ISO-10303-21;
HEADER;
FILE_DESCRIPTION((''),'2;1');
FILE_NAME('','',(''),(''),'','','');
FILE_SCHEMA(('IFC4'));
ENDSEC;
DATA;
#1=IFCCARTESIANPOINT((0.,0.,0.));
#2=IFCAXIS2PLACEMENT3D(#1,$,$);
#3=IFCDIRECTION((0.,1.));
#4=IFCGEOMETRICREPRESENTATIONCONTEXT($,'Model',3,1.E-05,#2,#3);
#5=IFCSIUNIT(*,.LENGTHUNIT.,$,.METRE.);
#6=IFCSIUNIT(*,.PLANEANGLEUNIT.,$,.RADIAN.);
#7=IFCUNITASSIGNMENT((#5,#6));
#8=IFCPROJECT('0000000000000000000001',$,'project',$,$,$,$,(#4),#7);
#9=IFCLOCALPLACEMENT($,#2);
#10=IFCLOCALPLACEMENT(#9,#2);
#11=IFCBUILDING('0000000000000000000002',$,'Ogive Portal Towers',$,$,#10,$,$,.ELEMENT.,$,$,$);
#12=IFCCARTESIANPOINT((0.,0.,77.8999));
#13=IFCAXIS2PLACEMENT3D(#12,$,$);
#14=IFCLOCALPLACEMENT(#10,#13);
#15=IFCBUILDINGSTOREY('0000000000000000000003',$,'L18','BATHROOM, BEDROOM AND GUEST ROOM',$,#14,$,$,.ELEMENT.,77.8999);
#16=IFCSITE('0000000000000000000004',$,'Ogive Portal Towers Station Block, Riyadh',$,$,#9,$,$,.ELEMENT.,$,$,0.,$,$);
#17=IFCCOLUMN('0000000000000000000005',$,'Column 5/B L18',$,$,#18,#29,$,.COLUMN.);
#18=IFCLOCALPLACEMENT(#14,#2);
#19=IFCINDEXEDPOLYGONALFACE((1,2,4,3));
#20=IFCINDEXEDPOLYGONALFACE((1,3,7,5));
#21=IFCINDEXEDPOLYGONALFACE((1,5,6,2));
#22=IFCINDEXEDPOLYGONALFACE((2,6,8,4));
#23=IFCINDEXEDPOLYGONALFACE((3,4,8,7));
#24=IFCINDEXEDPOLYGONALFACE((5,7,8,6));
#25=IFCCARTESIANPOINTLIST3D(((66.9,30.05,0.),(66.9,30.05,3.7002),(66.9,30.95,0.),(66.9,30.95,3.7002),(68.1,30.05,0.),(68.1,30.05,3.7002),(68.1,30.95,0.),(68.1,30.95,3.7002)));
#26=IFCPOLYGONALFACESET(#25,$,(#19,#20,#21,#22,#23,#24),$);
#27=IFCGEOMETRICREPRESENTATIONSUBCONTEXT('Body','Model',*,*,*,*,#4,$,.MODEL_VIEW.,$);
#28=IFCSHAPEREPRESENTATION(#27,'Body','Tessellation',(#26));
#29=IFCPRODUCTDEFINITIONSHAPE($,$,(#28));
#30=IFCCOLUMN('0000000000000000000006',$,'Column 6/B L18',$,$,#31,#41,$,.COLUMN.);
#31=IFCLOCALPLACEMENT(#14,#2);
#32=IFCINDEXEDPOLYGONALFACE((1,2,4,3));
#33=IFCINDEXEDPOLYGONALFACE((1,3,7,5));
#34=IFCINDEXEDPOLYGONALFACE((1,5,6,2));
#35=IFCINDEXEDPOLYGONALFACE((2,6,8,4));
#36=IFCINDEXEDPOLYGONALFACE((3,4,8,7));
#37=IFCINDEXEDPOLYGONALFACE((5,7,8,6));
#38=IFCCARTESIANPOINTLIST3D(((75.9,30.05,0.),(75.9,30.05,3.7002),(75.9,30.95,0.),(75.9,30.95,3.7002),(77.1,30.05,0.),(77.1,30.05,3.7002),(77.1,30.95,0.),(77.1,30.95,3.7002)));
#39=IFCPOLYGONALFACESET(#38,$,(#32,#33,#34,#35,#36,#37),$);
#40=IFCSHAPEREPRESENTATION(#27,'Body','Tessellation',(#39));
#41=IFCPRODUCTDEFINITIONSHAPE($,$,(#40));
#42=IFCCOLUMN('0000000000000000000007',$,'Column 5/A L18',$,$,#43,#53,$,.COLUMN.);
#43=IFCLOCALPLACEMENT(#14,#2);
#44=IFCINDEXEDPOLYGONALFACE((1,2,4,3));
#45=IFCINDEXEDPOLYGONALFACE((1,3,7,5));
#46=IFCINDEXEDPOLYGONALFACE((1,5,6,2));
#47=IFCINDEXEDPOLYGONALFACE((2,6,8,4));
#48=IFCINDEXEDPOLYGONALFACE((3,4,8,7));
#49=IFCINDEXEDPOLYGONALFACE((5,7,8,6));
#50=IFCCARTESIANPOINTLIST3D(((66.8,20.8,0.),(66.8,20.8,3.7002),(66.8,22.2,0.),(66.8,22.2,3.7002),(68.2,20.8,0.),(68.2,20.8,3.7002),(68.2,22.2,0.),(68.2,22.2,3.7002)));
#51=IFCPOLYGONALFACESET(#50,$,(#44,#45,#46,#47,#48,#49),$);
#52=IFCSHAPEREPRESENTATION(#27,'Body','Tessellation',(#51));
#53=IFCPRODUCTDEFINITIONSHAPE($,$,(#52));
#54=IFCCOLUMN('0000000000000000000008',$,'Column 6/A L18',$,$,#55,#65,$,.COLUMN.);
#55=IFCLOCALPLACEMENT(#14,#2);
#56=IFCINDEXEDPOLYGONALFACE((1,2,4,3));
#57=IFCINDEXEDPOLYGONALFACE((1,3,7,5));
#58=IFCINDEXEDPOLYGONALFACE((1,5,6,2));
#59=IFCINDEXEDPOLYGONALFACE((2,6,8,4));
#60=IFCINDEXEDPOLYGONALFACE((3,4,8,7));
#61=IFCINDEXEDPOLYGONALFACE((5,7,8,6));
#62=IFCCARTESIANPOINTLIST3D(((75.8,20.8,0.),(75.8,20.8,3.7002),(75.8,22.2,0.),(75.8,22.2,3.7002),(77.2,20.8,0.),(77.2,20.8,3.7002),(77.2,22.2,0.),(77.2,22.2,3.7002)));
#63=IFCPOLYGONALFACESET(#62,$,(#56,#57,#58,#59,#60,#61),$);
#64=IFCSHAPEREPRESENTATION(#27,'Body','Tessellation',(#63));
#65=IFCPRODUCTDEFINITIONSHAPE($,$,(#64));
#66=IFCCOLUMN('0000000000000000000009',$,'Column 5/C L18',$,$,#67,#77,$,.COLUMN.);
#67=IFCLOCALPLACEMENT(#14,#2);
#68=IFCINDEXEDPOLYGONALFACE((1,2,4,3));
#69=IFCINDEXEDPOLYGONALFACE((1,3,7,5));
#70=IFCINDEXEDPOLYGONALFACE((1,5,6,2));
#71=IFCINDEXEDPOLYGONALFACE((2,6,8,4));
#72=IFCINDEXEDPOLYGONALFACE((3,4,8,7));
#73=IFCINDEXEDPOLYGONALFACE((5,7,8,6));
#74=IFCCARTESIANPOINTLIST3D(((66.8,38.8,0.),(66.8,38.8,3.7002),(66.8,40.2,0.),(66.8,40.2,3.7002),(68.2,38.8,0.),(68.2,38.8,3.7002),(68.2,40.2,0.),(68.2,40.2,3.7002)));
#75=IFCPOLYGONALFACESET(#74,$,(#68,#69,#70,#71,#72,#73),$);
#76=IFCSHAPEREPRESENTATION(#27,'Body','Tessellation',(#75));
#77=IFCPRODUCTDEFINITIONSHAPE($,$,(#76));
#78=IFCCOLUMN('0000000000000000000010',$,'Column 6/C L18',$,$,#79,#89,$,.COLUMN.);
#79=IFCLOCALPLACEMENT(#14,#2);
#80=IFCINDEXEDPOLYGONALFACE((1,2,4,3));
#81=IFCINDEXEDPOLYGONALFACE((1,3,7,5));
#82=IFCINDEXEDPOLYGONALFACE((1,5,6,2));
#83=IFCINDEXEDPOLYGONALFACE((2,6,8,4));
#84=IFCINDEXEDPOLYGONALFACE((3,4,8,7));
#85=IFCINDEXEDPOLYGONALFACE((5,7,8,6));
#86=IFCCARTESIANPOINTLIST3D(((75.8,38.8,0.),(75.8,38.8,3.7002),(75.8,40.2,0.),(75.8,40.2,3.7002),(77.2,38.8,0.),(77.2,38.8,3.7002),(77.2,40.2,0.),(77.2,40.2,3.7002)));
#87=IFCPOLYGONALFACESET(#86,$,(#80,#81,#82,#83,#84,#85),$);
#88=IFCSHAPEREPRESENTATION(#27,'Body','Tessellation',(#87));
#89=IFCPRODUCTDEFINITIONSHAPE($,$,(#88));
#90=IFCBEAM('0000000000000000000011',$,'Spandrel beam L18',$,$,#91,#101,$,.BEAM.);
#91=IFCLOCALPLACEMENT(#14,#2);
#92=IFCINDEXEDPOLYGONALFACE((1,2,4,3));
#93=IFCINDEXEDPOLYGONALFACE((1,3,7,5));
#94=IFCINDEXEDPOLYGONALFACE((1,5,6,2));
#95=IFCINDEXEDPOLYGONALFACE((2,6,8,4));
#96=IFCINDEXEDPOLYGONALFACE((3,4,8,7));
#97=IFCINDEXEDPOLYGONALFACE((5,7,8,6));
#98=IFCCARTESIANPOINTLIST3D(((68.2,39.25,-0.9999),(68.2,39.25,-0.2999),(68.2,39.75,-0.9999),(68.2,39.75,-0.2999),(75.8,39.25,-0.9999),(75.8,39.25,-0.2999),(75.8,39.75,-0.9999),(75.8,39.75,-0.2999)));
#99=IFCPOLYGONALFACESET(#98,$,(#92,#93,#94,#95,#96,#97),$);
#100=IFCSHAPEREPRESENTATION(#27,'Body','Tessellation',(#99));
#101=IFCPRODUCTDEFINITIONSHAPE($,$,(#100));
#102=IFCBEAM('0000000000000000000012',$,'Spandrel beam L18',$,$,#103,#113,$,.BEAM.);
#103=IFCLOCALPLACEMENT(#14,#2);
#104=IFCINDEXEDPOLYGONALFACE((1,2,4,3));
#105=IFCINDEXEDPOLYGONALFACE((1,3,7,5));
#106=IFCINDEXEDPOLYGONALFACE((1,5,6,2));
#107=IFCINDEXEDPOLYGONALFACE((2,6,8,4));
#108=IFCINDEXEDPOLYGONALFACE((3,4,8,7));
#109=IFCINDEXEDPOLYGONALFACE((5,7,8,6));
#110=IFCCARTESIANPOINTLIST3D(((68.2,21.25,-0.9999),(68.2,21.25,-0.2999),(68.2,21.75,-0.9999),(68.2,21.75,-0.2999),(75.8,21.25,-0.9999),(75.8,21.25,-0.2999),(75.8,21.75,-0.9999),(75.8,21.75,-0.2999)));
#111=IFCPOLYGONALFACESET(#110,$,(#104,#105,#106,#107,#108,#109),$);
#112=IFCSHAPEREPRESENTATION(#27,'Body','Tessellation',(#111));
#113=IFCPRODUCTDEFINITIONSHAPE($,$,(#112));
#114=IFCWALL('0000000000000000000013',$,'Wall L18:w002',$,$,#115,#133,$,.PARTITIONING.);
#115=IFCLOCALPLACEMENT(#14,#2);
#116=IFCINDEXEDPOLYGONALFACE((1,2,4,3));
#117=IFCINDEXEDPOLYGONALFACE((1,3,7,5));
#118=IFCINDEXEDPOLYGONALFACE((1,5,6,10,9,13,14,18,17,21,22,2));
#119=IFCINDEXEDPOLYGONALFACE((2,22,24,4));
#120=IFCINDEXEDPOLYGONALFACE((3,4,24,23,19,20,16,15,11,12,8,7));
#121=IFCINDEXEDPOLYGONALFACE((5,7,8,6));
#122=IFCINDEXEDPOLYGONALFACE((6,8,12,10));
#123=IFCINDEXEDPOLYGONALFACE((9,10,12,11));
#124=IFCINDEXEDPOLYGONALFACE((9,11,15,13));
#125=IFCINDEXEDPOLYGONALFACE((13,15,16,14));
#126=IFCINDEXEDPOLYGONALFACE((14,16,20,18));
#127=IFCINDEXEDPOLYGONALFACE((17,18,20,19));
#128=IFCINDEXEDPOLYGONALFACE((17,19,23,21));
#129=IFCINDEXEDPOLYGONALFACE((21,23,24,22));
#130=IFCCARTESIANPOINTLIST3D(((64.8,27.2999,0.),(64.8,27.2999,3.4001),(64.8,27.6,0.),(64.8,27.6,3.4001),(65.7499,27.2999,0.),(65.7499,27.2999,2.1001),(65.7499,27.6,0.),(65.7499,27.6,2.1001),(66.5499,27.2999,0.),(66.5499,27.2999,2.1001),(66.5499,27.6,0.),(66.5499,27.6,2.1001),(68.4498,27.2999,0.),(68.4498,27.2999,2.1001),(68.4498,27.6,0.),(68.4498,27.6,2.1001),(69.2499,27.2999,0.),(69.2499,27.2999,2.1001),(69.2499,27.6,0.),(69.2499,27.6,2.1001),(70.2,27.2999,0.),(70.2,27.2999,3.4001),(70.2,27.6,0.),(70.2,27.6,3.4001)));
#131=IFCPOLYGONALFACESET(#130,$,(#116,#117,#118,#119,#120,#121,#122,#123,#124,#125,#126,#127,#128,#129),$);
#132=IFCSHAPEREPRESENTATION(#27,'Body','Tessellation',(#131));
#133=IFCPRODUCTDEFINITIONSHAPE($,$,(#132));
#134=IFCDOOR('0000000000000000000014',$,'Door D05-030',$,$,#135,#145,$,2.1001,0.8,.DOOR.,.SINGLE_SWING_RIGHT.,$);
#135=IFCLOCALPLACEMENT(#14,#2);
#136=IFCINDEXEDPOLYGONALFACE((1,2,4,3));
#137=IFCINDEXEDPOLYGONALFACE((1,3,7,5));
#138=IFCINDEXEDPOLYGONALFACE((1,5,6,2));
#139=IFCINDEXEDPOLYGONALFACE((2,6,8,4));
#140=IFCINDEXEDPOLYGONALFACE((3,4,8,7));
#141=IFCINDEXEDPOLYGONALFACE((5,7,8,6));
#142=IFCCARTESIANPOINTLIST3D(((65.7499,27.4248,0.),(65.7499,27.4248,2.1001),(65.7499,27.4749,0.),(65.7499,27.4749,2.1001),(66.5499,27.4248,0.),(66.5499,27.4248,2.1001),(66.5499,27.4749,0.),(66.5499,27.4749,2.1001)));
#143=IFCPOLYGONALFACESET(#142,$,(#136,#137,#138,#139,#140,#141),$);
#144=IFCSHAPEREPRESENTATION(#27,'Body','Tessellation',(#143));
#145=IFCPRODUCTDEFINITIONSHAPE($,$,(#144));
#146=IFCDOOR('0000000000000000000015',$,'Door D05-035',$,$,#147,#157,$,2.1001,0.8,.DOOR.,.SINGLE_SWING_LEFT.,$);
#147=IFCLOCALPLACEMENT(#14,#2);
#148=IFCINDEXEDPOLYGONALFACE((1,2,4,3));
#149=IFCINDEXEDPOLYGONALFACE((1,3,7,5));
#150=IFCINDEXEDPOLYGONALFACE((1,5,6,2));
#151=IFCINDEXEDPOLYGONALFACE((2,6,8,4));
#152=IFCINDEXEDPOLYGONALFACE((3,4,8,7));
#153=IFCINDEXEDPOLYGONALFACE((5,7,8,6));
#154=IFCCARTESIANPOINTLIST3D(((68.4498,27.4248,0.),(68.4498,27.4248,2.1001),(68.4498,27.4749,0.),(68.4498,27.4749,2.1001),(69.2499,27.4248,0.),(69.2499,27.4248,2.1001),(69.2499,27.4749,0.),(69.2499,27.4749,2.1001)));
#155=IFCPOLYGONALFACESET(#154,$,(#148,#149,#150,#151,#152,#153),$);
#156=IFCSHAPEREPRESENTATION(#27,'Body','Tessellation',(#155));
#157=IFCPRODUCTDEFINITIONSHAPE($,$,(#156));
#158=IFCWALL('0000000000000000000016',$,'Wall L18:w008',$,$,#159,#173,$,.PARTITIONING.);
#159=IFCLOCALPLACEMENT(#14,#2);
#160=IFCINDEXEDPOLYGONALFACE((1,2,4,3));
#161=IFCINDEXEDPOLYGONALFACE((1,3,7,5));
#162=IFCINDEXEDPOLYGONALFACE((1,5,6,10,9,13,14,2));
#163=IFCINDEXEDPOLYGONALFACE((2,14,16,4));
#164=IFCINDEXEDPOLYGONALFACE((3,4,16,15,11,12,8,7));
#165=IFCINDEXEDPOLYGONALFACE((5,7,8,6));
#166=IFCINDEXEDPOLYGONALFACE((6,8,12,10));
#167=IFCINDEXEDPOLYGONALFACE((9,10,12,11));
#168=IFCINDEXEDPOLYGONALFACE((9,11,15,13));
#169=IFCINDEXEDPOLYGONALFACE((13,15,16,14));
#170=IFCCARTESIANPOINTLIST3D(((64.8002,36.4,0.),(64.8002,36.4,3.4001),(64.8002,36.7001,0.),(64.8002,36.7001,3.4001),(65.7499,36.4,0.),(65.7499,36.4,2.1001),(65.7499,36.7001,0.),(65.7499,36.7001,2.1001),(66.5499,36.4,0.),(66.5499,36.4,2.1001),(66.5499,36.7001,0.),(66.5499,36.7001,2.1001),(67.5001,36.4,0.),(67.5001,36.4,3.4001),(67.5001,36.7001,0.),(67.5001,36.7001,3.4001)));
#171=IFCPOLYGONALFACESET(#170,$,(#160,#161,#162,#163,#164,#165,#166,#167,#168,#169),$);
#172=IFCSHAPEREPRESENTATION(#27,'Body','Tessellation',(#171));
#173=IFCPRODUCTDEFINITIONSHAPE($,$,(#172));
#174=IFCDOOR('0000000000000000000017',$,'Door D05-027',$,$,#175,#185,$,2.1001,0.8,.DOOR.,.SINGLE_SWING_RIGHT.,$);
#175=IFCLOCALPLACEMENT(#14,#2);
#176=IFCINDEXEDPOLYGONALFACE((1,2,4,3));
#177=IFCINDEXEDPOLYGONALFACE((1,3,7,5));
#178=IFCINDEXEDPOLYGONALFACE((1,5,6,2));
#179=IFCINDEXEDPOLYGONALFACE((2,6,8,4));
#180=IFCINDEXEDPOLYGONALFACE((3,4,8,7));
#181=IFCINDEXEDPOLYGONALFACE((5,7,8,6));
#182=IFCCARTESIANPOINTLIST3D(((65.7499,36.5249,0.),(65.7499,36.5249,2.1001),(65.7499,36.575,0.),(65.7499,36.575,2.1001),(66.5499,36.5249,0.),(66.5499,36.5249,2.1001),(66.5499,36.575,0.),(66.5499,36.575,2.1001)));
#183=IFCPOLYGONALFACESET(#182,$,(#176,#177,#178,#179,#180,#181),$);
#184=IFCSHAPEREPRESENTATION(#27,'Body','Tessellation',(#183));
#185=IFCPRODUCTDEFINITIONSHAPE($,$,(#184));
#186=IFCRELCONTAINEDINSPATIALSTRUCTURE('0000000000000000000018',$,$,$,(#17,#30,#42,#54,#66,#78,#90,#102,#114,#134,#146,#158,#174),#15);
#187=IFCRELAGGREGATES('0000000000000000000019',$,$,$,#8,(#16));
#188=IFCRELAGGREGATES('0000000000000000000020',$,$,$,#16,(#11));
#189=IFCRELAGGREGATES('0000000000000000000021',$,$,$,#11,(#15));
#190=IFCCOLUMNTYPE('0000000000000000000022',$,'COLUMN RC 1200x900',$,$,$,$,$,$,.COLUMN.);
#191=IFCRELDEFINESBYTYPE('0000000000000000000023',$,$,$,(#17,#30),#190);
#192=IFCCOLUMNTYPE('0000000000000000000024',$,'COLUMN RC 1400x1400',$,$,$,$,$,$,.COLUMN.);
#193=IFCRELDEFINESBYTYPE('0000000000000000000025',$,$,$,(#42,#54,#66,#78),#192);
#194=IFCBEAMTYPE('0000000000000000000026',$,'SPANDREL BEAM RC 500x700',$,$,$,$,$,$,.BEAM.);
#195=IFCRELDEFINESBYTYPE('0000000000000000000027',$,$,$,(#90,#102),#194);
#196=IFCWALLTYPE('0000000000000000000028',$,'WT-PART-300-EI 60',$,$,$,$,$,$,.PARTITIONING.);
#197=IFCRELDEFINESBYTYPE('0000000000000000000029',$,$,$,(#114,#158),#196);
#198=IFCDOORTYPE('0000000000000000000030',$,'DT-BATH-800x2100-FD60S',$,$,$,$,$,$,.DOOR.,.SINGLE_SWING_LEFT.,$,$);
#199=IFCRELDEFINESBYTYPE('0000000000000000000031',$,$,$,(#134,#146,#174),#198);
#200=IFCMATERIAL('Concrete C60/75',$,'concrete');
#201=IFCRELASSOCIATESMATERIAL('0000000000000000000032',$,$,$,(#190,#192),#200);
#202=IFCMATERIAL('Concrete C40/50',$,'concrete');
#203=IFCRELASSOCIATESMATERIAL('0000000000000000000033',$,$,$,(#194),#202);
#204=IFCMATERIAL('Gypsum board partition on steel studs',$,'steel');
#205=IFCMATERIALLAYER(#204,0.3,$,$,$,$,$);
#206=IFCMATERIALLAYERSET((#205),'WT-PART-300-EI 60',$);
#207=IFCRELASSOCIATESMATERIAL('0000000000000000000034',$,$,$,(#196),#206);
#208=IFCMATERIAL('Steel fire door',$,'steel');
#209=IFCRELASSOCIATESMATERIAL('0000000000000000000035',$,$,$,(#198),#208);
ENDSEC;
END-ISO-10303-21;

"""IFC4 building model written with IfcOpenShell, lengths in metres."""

from ifc_helpers import new_model, si_unit, direction, frame, frame_2d, origin, origin_2d, place, context, subcontext, project, spatial, rectangle, extrude, material, layer, layer_set, material_profile, profile_set, type_object, element, fill, save


model = new_model("IFC4")

# Units and contexts
model_context = context("Model", 3, precision=1e-05, world=origin(), true_north=direction((0.0, 1.0)))
body_context = subcontext(model_context, "Body", "Model", "MODEL_VIEW")
ifc_project = project(units=[si_unit("LENGTHUNIT", "METRE"), si_unit("PLANEANGLEUNIT", "RADIAN")], contexts=[model_context])

# Site, building, storey
site_placement = place(None, origin())
site = spatial("IfcSite", under=ifc_project, at=site_placement, Name="Ogive Portal Towers Station Block, Riyadh", CompositionType="ELEMENT", RefElevation=0.0)
building_placement = place(site_placement, origin())
building = spatial("IfcBuilding", under=site, at=building_placement, Name="Ogive Portal Towers", CompositionType="ELEMENT")
storey_placement = place(building_placement, frame((0.0, 0.0, 77.8999)))
storey = spatial("IfcBuildingStorey", under=building, at=storey_placement, Name="L18", Description="BATHROOM, BEDROOM AND GUEST ROOM", CompositionType="ELEMENT", Elevation=77.8999)

# Columns
ifc_material_1 = material(Name="Concrete C60/75", Category="concrete")
ifc_material_profile_1 = material_profile(ifc_material_1, rectangle(XDim=1.2, YDim=0.8999, at=origin_2d()), Name="RC 1200x900")
ifc_profile_set_1 = profile_set([ifc_material_profile_1], Name="Concrete C60/75")
column_type_1 = type_object("IfcColumnType", Name="COLUMN RC 1200x900", PredefinedType="COLUMN", material=ifc_profile_set_1)
for number, where, z_axis, x_axis, name in (
    (1, (67.5, 30.5, 0.0), (0.0, 0.0, 1.0), (1.0, 0.0, 0.0), "Column 5/B L18"),
    (2, (76.5, 30.5, 0.0), (0.0, 0.0, 1.0), (1.0, 0.0, 0.0), "Column 6/B L18"),
):
    element("IfcColumn", number, at=place(storey_placement, frame(where, z_axis=z_axis, x_axis=x_axis)), inside=storey, type_object=column_type_1, Name=name, PredefinedType="COLUMN", context=body_context, shape_type="SweptSolid", body=[
        extrude(rectangle(XDim=1.2, YDim=0.8999, at=origin_2d()), origin(), (0.0, 0.0, 1.0), 3.7002),
    ])
ifc_material_profile_2 = material_profile(ifc_material_1, rectangle(XDim=1.3999, YDim=1.3999, at=origin_2d()), Name="RC 1400x1400")
ifc_profile_set_2 = profile_set([ifc_material_profile_2], Name="Concrete C60/75")
column_type_2 = type_object("IfcColumnType", Name="COLUMN RC 1400x1400", PredefinedType="COLUMN", material=ifc_profile_set_2)
for number, where, z_axis, x_axis, name in (
    (3, (67.5, 21.5, 0.0), (0.0, 0.0, 1.0), (1.0, 0.0, 0.0), "Column 5/A L18"),
    (4, (76.5, 21.5, 0.0), (0.0, 0.0, 1.0), (1.0, 0.0, 0.0), "Column 6/A L18"),
    (5, (67.5, 39.5, 0.0), (0.0, 0.0, 1.0), (1.0, 0.0, 0.0), "Column 5/C L18"),
    (6, (76.5, 39.5, 0.0), (0.0, 0.0, 1.0), (1.0, 0.0, 0.0), "Column 6/C L18"),
):
    element("IfcColumn", number, at=place(storey_placement, frame(where, z_axis=z_axis, x_axis=x_axis)), inside=storey, type_object=column_type_2, Name=name, PredefinedType="COLUMN", context=body_context, shape_type="SweptSolid", body=[
        extrude(rectangle(XDim=1.3999, YDim=1.3999, at=origin_2d()), origin(), (0.0, 0.0, 1.0), 3.7002),
    ])

# Beams
ifc_material_2 = material(Name="Concrete C40/50", Category="concrete")
ifc_material_profile_3 = material_profile(ifc_material_2, rectangle(XDim=0.5, YDim=0.7, at=origin_2d()), Name="RC 500x700")
ifc_profile_set_3 = profile_set([ifc_material_profile_3], Name="Concrete C40/50")
beam_type = type_object("IfcBeamType", Name="SPANDREL BEAM RC 500x700", PredefinedType="BEAM", material=ifc_profile_set_3)
for number, where, z_axis, x_axis, name in (
    (7, (68.2, 39.5, -0.6499), (1.0, 0.0, 0.0), (0.0, 1.0, 0.0), "Spandrel beam L18"),
    (8, (75.8, 21.5, -0.6499), (-1.0, 0.0, 0.0), (0.0, -1.0, 0.0), "Spandrel beam L18"),
):
    element("IfcBeam", number, at=place(storey_placement, frame(where, z_axis=z_axis, x_axis=x_axis)), inside=storey, type_object=beam_type, Name=name, PredefinedType="BEAM", context=body_context, shape_type="SweptSolid", body=[
        extrude(rectangle(XDim=0.5, YDim=0.7, at=origin_2d()), origin(), (0.0, 0.0, 1.0), 7.6001),
    ])

# Wall, openings, doors
ifc_material_3 = material(Name="Gypsum board partition on steel studs", Category="steel")
ifc_layer_1 = layer(ifc_material_3, 0.3)
ifc_layer_set_1 = layer_set([ifc_layer_1], Name="WT-PART-300-EI 60")
wall_type = type_object("IfcWallType", Name="WT-PART-300-EI 60", PredefinedType="PARTITIONING", material=ifc_layer_set_1)
wall_1_placement = place(storey_placement, frame((64.8, 27.45, 0.0), z_axis=(0.0, 0.0, 1.0), x_axis=(1.0, 0.0, 0.0)))
wall_1 = element("IfcWall", 9, at=wall_1_placement, inside=storey, type_object=wall_type, Name="Wall L18:w002", PredefinedType="PARTITIONING", context=body_context, shape_type="SweptSolid", body=[
    extrude(rectangle(XDim=5.3999, YDim=0.3, at=frame_2d((2.7, 0.0))), origin(), (0.0, 0.0, 1.0), 3.4001),
])
opening_1_placement = place(wall_1_placement, frame((0.95, 0.0, 0.0)))
opening_1 = element("IfcOpeningElement", 10, at=opening_1_placement, cuts=wall_1, PredefinedType="OPENING", context=body_context, shape_type="SweptSolid", body=[
    extrude(rectangle(XDim=0.8, YDim=2.1001, at=frame_2d((0.3999, 1.05))), frame((0.0, 0.1602, 0.0), z_axis=(0.0, -1.0, 0.0), x_axis=(1.0, 0.0, 0.0)), (0.0, 0.0, 1.0), 0.3201),
])
opening_2_placement = place(wall_1_placement, frame((3.6499, 0.0, 0.0)))
opening_2 = element("IfcOpeningElement", 11, at=opening_2_placement, cuts=wall_1, PredefinedType="OPENING", context=body_context, shape_type="SweptSolid", body=[
    extrude(rectangle(XDim=0.8, YDim=2.1001, at=frame_2d((0.3999, 1.05))), frame((0.0, 0.1602, 0.0), z_axis=(0.0, -1.0, 0.0), x_axis=(1.0, 0.0, 0.0)), (0.0, 0.0, 1.0), 0.3201),
])
ifc_material_4 = material(Name="Steel fire door", Category="steel")
door_type = type_object("IfcDoorType", Name="DT-BATH-800x2100-FD60S", OperationType="SINGLE_SWING_LEFT", PredefinedType="DOOR", material=ifc_material_4)
door_1_placement = place(opening_1_placement, origin())
door_1 = element("IfcDoor", 12, at=door_1_placement, inside=storey, type_object=door_type, Name="Door D05-030", OperationType="SINGLE_SWING_RIGHT", OverallHeight=2.1001, OverallWidth=0.8, PredefinedType="DOOR", context=body_context, shape_type="SweptSolid", body=[
    extrude(rectangle(XDim=0.8, YDim=2.1001, at=frame_2d((0.3999, 1.05))), frame((0.0, 0.0249, 0.0), z_axis=(0.0, -1.0, 0.0), x_axis=(1.0, 0.0, 0.0)), (0.0, 0.0, 1.0), 0.05),
])
fill(opening_1, door_1)
door_2_placement = place(opening_2_placement, origin())
door_2 = element("IfcDoor", 13, at=door_2_placement, inside=storey, type_object=door_type, Name="Door D05-035", OperationType="SINGLE_SWING_LEFT", OverallHeight=2.1001, OverallWidth=0.8, PredefinedType="DOOR", context=body_context, shape_type="SweptSolid", body=[
    extrude(rectangle(XDim=0.8, YDim=2.1001, at=frame_2d((0.3999, 1.05))), frame((0.0, 0.0249, 0.0), z_axis=(0.0, -1.0, 0.0), x_axis=(1.0, 0.0, 0.0)), (0.0, 0.0, 1.0), 0.05),
])
fill(opening_2, door_2)

# Wall, opening, door
wall_2_placement = place(storey_placement, frame((64.8, 36.55, 0.0), z_axis=(0.0, 0.0, 1.0), x_axis=(1.0, 0.0, 0.0)))
wall_2 = element("IfcWall", 14, at=wall_2_placement, inside=storey, type_object=wall_type, Name="Wall L18:w008", PredefinedType="PARTITIONING", context=body_context, shape_type="SweptSolid", body=[
    extrude(rectangle(XDim=2.7, YDim=0.3, at=frame_2d((1.3501, 0.0))), origin(), (0.0, 0.0, 1.0), 3.4001),
])
opening_3_placement = place(wall_2_placement, frame((0.95, 0.0, 0.0)))
opening_3 = element("IfcOpeningElement", 15, at=opening_3_placement, cuts=wall_2, PredefinedType="OPENING", context=body_context, shape_type="SweptSolid", body=[
    extrude(rectangle(XDim=0.8, YDim=2.1001, at=frame_2d((0.3999, 1.05))), frame((0.0, 0.1602, 0.0), z_axis=(0.0, -1.0, 0.0), x_axis=(1.0, 0.0, 0.0)), (0.0, 0.0, 1.0), 0.3201),
])
door_3_placement = place(opening_3_placement, origin())
door_3 = element("IfcDoor", 16, at=door_3_placement, inside=storey, type_object=door_type, Name="Door D05-027", OperationType="SINGLE_SWING_RIGHT", OverallHeight=2.1001, OverallWidth=0.8, PredefinedType="DOOR", context=body_context, shape_type="SweptSolid", body=[
    extrude(rectangle(XDim=0.8, YDim=2.1001, at=frame_2d((0.3999, 1.05))), frame((0.0, 0.0249, 0.0), z_axis=(0.0, -1.0, 0.0), x_axis=(1.0, 0.0, 0.0)), (0.0, 0.0, 1.0), 0.05),
])
fill(opening_3, door_3)

save(model, "model.ifc")
